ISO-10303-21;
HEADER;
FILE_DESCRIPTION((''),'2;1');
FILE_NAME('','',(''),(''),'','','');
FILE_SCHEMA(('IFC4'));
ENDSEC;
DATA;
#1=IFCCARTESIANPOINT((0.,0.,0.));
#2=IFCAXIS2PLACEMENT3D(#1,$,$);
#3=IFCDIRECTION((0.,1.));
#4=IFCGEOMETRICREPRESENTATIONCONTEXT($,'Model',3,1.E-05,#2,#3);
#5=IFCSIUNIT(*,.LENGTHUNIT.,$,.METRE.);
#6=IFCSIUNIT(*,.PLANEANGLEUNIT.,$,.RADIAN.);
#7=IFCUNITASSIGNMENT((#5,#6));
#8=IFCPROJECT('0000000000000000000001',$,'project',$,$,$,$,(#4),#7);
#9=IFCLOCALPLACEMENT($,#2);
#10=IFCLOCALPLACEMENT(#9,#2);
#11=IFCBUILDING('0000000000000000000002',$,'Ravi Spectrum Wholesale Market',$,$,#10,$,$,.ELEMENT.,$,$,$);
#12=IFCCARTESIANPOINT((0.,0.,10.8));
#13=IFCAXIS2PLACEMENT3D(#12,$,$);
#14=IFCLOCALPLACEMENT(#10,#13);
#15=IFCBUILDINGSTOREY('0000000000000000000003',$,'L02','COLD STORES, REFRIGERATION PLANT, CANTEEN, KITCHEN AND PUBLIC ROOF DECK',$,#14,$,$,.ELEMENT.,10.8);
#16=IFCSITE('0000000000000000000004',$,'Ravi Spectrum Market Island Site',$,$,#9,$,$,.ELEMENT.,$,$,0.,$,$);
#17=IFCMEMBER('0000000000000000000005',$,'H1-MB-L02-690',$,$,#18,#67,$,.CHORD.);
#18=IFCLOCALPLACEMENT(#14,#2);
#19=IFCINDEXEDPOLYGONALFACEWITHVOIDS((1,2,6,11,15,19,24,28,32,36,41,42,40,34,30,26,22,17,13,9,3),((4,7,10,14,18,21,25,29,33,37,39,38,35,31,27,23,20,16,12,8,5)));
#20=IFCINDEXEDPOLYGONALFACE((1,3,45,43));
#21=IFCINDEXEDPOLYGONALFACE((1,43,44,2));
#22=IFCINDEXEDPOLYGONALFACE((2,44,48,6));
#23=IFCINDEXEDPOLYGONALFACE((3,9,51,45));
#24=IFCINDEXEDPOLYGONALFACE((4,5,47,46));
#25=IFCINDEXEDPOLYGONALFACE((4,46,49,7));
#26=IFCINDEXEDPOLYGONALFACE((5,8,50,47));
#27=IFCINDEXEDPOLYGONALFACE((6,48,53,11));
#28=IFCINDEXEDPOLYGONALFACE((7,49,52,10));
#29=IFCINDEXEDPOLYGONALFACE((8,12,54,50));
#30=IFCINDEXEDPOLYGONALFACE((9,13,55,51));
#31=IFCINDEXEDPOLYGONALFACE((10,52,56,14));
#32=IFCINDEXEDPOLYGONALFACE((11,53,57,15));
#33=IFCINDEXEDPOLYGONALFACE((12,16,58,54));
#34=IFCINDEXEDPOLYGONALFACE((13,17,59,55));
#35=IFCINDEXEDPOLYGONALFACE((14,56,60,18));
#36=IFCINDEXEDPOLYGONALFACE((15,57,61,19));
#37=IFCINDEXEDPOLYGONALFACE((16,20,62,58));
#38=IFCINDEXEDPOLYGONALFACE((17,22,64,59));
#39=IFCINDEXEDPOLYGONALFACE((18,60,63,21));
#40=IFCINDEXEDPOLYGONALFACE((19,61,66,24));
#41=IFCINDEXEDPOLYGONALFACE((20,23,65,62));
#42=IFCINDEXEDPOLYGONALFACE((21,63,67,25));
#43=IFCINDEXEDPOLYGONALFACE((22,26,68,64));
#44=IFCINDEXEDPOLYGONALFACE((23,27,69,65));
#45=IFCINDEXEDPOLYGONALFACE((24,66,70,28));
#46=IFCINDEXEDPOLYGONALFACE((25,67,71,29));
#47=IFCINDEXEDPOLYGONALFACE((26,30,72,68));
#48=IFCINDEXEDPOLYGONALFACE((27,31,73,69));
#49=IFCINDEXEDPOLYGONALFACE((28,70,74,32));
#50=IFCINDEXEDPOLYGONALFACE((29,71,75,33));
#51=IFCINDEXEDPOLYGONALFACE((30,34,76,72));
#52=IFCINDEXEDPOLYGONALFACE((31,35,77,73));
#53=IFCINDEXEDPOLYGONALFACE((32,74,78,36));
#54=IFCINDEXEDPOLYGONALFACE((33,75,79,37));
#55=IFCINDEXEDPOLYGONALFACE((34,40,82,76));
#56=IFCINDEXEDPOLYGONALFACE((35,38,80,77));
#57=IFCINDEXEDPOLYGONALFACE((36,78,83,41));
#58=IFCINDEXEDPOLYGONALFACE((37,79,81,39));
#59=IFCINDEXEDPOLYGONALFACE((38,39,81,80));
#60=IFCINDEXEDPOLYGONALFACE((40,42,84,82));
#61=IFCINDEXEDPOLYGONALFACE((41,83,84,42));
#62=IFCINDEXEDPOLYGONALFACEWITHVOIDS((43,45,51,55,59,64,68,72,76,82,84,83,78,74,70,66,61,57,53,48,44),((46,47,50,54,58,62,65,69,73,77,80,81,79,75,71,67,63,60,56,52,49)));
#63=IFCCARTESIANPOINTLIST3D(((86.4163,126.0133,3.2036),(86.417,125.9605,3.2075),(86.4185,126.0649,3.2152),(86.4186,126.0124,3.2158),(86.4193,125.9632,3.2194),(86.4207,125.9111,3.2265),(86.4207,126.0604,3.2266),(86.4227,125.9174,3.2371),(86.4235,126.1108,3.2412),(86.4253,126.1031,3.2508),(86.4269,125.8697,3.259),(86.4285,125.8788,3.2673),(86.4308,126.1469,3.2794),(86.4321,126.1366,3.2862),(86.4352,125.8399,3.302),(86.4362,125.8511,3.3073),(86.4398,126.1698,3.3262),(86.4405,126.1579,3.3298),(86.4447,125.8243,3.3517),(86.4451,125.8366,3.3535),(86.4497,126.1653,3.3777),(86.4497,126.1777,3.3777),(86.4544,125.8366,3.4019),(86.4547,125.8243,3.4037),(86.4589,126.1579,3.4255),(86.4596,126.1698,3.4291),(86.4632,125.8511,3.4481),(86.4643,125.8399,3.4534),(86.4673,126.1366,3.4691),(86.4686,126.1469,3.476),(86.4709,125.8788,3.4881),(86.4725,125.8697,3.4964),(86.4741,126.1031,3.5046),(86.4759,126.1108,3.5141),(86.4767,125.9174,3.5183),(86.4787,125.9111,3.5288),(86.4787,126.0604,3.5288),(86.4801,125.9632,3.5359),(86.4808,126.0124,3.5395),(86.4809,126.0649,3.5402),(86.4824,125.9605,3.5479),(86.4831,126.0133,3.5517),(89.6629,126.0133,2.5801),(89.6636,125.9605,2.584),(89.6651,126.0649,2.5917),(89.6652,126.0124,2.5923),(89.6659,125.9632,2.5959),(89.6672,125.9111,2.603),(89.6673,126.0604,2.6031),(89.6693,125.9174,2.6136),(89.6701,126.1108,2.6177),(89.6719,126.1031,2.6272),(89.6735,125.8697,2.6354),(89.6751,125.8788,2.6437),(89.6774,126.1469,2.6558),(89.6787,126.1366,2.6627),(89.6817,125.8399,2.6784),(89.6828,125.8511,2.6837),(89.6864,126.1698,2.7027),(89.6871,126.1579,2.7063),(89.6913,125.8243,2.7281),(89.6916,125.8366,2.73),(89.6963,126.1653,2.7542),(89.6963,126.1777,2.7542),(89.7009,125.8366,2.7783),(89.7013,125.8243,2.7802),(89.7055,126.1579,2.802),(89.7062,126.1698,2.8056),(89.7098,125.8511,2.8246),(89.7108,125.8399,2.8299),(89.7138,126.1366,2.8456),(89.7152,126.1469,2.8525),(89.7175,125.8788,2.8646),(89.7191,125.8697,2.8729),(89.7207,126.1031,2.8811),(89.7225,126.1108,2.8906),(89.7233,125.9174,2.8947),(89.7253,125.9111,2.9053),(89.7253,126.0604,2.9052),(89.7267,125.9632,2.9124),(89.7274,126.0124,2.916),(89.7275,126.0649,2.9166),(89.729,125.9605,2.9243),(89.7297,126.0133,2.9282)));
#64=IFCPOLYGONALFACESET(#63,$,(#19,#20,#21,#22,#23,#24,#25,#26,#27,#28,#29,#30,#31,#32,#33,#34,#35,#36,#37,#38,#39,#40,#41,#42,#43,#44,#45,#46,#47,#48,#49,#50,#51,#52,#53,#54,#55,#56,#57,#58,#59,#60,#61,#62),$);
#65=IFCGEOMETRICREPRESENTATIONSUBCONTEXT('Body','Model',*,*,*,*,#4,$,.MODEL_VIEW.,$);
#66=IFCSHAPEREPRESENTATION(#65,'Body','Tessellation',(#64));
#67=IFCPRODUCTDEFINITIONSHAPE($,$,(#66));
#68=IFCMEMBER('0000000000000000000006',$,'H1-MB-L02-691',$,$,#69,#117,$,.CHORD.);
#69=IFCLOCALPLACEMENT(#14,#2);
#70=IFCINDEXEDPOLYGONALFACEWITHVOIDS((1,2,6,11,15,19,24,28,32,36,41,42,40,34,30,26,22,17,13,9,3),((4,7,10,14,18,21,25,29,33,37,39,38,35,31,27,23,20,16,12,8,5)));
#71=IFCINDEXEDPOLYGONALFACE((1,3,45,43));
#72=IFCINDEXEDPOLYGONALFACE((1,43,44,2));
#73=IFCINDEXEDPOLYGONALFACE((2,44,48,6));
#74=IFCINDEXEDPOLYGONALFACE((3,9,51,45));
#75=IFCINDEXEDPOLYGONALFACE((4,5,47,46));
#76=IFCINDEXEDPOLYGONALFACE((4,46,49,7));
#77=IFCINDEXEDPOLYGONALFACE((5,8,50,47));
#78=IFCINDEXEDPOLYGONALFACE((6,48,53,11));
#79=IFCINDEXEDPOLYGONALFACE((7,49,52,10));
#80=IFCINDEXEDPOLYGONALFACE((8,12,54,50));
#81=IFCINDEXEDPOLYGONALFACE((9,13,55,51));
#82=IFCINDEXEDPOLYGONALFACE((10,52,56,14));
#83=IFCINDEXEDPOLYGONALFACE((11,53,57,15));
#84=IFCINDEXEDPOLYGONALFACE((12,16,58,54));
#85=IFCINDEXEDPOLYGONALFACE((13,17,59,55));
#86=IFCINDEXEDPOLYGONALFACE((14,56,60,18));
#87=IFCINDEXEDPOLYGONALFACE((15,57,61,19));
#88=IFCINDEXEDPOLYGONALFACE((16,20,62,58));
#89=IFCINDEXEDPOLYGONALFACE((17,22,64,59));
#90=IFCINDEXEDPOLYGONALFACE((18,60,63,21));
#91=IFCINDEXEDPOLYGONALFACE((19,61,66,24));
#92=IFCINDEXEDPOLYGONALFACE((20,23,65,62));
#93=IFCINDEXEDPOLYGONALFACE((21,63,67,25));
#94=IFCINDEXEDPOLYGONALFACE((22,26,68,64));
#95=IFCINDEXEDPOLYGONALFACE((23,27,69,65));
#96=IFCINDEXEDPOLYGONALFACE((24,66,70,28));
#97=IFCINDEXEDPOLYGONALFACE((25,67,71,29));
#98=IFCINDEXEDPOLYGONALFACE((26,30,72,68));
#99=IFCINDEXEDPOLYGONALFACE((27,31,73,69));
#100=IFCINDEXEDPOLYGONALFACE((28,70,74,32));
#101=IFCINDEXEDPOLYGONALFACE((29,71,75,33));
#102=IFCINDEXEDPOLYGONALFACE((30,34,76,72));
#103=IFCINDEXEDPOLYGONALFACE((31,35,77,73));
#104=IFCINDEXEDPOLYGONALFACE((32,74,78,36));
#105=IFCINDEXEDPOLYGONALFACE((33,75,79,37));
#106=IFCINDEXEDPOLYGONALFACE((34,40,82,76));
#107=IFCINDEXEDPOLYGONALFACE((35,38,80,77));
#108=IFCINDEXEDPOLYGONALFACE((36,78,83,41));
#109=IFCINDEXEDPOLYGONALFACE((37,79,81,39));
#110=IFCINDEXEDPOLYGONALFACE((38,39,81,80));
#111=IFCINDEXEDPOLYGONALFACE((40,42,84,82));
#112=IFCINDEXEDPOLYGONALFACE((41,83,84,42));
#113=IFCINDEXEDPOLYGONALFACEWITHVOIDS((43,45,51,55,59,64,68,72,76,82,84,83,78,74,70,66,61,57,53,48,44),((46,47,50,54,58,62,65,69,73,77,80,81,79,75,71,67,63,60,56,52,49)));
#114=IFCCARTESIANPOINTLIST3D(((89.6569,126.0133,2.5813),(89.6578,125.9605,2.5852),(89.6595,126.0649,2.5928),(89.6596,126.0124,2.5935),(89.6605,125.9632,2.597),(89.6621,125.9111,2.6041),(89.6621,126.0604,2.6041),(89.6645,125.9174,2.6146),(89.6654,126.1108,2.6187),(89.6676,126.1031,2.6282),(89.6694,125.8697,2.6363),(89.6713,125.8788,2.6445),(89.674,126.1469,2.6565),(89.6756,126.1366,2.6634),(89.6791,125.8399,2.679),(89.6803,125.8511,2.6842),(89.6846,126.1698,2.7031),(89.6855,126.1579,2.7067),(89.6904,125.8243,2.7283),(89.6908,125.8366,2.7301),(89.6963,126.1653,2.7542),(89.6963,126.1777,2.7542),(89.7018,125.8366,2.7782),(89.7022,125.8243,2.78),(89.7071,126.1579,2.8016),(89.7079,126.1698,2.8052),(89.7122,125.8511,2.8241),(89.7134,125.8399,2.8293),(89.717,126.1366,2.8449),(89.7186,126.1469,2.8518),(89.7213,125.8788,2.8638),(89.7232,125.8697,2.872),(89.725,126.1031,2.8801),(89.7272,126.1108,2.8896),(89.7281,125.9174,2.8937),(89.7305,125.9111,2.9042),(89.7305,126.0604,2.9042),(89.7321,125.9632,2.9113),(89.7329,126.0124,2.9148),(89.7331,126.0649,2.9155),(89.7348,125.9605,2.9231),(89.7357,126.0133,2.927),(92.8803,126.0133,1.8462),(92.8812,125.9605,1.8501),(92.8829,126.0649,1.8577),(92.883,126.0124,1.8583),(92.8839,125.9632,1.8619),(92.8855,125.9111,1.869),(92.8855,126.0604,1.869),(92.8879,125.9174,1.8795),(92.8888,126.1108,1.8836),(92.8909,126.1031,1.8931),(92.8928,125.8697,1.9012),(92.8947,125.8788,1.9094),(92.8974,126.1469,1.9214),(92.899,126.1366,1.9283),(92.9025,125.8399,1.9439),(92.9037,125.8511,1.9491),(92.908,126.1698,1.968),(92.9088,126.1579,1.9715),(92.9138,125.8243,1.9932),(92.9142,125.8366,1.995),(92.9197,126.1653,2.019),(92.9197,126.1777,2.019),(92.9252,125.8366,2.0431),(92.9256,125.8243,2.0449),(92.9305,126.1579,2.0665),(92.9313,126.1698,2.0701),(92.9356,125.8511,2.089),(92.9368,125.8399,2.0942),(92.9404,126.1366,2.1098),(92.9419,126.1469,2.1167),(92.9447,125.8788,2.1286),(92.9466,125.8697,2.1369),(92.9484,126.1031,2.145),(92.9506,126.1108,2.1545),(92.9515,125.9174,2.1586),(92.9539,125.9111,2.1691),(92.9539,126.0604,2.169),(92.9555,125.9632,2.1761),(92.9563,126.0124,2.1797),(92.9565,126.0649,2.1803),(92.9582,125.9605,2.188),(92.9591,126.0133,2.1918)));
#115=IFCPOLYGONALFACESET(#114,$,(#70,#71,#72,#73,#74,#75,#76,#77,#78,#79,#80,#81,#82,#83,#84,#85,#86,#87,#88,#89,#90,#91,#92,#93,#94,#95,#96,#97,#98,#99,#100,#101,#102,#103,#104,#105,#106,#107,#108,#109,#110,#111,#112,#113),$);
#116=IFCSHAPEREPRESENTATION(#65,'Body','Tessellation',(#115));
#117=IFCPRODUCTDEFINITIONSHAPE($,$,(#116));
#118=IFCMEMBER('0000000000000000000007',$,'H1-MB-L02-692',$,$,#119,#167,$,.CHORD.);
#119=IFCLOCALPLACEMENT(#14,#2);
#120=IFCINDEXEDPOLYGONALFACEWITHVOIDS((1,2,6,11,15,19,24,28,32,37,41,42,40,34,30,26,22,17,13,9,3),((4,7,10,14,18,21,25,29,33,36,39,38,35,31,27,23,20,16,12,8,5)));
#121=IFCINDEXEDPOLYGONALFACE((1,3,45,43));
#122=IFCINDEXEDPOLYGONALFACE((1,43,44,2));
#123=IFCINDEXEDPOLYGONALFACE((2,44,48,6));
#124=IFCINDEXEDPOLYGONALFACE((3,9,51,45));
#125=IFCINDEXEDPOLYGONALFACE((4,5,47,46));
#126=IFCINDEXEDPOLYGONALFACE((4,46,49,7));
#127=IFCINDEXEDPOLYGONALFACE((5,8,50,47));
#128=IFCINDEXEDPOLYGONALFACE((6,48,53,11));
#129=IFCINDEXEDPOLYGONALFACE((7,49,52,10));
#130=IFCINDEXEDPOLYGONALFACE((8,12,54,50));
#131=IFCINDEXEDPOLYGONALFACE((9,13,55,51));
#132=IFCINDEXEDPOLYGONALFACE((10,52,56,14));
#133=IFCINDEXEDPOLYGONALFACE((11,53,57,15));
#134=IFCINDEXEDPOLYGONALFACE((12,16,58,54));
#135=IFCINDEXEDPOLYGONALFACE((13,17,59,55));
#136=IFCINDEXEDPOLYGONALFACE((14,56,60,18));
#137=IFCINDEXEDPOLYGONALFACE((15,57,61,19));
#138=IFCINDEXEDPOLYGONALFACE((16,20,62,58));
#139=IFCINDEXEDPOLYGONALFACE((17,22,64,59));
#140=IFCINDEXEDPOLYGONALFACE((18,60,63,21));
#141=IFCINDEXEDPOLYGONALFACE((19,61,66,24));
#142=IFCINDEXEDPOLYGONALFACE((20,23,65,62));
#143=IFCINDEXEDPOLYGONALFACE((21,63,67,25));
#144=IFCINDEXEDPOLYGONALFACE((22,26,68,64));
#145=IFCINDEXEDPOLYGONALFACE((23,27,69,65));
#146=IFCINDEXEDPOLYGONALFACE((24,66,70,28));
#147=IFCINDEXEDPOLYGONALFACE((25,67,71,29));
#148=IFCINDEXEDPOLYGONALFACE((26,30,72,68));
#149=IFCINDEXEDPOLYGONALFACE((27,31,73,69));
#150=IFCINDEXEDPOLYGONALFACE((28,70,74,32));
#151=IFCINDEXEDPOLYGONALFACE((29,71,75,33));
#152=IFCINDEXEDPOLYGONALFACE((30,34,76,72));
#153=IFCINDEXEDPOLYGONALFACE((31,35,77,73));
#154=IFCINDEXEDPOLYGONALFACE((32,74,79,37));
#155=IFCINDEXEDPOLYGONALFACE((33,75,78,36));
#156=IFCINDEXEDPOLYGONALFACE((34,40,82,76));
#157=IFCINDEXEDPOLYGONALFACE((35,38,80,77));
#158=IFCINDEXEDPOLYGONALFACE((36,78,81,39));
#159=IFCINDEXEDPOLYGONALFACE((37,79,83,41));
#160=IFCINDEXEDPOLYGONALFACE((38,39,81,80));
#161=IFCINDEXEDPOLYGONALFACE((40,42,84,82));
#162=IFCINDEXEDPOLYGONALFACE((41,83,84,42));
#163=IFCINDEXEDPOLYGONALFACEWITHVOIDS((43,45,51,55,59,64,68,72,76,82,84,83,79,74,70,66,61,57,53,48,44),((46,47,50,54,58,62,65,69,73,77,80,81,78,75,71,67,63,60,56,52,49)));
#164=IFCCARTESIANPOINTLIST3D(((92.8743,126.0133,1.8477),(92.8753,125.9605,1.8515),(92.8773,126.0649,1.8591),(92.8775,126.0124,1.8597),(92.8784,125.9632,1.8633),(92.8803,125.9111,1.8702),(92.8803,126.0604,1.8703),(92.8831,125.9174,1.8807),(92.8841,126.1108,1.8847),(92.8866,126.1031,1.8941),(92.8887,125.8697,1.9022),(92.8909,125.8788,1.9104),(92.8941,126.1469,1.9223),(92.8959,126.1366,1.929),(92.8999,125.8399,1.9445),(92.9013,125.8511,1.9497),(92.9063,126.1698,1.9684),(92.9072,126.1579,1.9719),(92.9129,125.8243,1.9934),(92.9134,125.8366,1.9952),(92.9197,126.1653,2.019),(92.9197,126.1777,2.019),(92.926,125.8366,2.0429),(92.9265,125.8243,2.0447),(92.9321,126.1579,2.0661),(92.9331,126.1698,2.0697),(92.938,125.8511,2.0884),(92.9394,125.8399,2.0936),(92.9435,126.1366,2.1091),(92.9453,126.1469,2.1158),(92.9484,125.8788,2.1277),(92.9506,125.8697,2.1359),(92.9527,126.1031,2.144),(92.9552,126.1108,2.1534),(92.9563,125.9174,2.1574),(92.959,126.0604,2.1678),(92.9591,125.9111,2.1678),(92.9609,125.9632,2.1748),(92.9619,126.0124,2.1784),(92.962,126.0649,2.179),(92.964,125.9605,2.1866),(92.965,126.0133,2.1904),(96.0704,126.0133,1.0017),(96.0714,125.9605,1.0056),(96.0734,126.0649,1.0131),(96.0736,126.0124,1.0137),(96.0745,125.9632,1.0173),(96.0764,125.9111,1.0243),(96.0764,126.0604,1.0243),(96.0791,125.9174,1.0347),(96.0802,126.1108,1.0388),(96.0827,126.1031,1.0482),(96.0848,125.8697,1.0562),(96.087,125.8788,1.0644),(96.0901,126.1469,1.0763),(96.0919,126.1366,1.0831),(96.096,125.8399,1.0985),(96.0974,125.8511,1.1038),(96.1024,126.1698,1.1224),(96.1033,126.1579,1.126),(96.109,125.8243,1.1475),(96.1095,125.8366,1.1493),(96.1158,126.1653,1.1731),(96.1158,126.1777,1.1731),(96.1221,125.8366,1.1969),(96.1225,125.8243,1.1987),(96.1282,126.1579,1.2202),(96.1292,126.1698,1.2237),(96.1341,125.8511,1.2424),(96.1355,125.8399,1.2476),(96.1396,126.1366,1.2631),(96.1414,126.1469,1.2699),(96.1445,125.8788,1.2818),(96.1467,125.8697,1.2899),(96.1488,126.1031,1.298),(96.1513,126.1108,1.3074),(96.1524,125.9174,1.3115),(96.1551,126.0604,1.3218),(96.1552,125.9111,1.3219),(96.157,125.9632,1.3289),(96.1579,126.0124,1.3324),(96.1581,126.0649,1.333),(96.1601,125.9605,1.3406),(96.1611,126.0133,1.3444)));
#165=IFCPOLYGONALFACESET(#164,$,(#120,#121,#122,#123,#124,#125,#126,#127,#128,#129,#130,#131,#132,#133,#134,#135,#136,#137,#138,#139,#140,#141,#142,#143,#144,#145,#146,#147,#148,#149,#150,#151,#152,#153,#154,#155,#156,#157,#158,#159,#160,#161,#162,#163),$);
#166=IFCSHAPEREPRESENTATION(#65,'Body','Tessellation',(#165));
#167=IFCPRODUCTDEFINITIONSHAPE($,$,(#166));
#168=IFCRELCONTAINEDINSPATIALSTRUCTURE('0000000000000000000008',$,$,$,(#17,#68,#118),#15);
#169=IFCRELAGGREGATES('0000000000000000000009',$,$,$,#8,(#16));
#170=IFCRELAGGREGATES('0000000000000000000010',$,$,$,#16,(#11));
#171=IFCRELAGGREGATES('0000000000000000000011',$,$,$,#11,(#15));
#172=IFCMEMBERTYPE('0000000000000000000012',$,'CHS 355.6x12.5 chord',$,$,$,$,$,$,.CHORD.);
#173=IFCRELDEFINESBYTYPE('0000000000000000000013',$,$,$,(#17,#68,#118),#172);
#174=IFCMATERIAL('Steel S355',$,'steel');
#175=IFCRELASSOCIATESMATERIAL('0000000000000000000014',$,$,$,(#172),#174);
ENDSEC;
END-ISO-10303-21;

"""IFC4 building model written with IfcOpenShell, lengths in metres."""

from ifc_helpers import new_model, si_unit, direction, frame, origin, origin_2d, place, context, subcontext, project, spatial, hollow_circle, extrude, material, material_profile, profile_set, type_object, element, save


model = new_model("IFC4")

# Units and contexts
model_context = context("Model", 3, precision=1e-05, world=origin(), true_north=direction((0.0, 1.0)))
body_context = subcontext(model_context, "Body", "Model", "MODEL_VIEW")
ifc_project = project(units=[si_unit("LENGTHUNIT", "METRE"), si_unit("PLANEANGLEUNIT", "RADIAN")], contexts=[model_context])

# Site, building, storey
site_placement = place(None, origin())
site = spatial("IfcSite", under=ifc_project, at=site_placement, Name="Ravi Spectrum Market Island Site", CompositionType="ELEMENT", RefElevation=0.0)
building_placement = place(site_placement, origin())
building = spatial("IfcBuilding", under=site, at=building_placement, Name="Ravi Spectrum Wholesale Market", CompositionType="ELEMENT")
storey_placement = place(building_placement, frame((0.0, 0.0, 10.8)))
storey = spatial("IfcBuildingStorey", under=building, at=storey_placement, Name="L02", Description="COLD STORES, REFRIGERATION PLANT, CANTEEN, KITCHEN AND PUBLIC ROOF DECK", CompositionType="ELEMENT", Elevation=10.8)

# Members
ifc_material_1 = material(Name="Steel S355", Category="steel")
ifc_material_profile_1 = material_profile(ifc_material_1, hollow_circle(Radius=0.1777, WallThickness=0.0125, at=origin_2d()))
ifc_profile_set_1 = profile_set([ifc_material_profile_1], Name="Steel S355")
member_type_1 = type_object("IfcMemberType", Name="CHS 355.6x12.5 chord", PredefinedType="CHORD", material=ifc_profile_set_1)
member_1_placement = place(storey_placement, frame((86.4497, 126.0, 3.3777), z_axis=(0.982052, 0.0, -0.188612), x_axis=(0.0, 1.0, 0.0)))
element("IfcMember", 1, at=member_1_placement, inside=storey, type_object=member_type_1, Name="H1-MB-L02-690", PredefinedType="CHORD", context=body_context, shape_type="SweptSolid", body=[
    extrude(hollow_circle(Radius=0.1777, WallThickness=0.0125, at=origin_2d()), origin(), (0.0, 0.0, 1.0), 3.3059),
])
for number, where, z_axis, x_axis, name in (
    (2, (89.6963, 126.0, 2.7542), (0.974968, 0.0, -0.222346), (0.0, 1.0, 0.0), "H1-MB-L02-691"),
    (3, (92.9197, 126.0, 2.019), (0.96671, 0.0, -0.255874), (0.0, 1.0, 0.0), "H1-MB-L02-692"),
):
    element("IfcMember", number, at=place(storey_placement, frame(where, z_axis=z_axis, x_axis=x_axis)), inside=storey, type_object=member_type_1, Name=name, PredefinedType="CHORD", context=body_context, shape_type="SweptSolid", body=[
        extrude(hollow_circle(Radius=0.1777, WallThickness=0.0125, at=origin_2d()), origin(), (0.0, 0.0, 1.0), 3.3062),
    ])

save(model, "model.ifc")
